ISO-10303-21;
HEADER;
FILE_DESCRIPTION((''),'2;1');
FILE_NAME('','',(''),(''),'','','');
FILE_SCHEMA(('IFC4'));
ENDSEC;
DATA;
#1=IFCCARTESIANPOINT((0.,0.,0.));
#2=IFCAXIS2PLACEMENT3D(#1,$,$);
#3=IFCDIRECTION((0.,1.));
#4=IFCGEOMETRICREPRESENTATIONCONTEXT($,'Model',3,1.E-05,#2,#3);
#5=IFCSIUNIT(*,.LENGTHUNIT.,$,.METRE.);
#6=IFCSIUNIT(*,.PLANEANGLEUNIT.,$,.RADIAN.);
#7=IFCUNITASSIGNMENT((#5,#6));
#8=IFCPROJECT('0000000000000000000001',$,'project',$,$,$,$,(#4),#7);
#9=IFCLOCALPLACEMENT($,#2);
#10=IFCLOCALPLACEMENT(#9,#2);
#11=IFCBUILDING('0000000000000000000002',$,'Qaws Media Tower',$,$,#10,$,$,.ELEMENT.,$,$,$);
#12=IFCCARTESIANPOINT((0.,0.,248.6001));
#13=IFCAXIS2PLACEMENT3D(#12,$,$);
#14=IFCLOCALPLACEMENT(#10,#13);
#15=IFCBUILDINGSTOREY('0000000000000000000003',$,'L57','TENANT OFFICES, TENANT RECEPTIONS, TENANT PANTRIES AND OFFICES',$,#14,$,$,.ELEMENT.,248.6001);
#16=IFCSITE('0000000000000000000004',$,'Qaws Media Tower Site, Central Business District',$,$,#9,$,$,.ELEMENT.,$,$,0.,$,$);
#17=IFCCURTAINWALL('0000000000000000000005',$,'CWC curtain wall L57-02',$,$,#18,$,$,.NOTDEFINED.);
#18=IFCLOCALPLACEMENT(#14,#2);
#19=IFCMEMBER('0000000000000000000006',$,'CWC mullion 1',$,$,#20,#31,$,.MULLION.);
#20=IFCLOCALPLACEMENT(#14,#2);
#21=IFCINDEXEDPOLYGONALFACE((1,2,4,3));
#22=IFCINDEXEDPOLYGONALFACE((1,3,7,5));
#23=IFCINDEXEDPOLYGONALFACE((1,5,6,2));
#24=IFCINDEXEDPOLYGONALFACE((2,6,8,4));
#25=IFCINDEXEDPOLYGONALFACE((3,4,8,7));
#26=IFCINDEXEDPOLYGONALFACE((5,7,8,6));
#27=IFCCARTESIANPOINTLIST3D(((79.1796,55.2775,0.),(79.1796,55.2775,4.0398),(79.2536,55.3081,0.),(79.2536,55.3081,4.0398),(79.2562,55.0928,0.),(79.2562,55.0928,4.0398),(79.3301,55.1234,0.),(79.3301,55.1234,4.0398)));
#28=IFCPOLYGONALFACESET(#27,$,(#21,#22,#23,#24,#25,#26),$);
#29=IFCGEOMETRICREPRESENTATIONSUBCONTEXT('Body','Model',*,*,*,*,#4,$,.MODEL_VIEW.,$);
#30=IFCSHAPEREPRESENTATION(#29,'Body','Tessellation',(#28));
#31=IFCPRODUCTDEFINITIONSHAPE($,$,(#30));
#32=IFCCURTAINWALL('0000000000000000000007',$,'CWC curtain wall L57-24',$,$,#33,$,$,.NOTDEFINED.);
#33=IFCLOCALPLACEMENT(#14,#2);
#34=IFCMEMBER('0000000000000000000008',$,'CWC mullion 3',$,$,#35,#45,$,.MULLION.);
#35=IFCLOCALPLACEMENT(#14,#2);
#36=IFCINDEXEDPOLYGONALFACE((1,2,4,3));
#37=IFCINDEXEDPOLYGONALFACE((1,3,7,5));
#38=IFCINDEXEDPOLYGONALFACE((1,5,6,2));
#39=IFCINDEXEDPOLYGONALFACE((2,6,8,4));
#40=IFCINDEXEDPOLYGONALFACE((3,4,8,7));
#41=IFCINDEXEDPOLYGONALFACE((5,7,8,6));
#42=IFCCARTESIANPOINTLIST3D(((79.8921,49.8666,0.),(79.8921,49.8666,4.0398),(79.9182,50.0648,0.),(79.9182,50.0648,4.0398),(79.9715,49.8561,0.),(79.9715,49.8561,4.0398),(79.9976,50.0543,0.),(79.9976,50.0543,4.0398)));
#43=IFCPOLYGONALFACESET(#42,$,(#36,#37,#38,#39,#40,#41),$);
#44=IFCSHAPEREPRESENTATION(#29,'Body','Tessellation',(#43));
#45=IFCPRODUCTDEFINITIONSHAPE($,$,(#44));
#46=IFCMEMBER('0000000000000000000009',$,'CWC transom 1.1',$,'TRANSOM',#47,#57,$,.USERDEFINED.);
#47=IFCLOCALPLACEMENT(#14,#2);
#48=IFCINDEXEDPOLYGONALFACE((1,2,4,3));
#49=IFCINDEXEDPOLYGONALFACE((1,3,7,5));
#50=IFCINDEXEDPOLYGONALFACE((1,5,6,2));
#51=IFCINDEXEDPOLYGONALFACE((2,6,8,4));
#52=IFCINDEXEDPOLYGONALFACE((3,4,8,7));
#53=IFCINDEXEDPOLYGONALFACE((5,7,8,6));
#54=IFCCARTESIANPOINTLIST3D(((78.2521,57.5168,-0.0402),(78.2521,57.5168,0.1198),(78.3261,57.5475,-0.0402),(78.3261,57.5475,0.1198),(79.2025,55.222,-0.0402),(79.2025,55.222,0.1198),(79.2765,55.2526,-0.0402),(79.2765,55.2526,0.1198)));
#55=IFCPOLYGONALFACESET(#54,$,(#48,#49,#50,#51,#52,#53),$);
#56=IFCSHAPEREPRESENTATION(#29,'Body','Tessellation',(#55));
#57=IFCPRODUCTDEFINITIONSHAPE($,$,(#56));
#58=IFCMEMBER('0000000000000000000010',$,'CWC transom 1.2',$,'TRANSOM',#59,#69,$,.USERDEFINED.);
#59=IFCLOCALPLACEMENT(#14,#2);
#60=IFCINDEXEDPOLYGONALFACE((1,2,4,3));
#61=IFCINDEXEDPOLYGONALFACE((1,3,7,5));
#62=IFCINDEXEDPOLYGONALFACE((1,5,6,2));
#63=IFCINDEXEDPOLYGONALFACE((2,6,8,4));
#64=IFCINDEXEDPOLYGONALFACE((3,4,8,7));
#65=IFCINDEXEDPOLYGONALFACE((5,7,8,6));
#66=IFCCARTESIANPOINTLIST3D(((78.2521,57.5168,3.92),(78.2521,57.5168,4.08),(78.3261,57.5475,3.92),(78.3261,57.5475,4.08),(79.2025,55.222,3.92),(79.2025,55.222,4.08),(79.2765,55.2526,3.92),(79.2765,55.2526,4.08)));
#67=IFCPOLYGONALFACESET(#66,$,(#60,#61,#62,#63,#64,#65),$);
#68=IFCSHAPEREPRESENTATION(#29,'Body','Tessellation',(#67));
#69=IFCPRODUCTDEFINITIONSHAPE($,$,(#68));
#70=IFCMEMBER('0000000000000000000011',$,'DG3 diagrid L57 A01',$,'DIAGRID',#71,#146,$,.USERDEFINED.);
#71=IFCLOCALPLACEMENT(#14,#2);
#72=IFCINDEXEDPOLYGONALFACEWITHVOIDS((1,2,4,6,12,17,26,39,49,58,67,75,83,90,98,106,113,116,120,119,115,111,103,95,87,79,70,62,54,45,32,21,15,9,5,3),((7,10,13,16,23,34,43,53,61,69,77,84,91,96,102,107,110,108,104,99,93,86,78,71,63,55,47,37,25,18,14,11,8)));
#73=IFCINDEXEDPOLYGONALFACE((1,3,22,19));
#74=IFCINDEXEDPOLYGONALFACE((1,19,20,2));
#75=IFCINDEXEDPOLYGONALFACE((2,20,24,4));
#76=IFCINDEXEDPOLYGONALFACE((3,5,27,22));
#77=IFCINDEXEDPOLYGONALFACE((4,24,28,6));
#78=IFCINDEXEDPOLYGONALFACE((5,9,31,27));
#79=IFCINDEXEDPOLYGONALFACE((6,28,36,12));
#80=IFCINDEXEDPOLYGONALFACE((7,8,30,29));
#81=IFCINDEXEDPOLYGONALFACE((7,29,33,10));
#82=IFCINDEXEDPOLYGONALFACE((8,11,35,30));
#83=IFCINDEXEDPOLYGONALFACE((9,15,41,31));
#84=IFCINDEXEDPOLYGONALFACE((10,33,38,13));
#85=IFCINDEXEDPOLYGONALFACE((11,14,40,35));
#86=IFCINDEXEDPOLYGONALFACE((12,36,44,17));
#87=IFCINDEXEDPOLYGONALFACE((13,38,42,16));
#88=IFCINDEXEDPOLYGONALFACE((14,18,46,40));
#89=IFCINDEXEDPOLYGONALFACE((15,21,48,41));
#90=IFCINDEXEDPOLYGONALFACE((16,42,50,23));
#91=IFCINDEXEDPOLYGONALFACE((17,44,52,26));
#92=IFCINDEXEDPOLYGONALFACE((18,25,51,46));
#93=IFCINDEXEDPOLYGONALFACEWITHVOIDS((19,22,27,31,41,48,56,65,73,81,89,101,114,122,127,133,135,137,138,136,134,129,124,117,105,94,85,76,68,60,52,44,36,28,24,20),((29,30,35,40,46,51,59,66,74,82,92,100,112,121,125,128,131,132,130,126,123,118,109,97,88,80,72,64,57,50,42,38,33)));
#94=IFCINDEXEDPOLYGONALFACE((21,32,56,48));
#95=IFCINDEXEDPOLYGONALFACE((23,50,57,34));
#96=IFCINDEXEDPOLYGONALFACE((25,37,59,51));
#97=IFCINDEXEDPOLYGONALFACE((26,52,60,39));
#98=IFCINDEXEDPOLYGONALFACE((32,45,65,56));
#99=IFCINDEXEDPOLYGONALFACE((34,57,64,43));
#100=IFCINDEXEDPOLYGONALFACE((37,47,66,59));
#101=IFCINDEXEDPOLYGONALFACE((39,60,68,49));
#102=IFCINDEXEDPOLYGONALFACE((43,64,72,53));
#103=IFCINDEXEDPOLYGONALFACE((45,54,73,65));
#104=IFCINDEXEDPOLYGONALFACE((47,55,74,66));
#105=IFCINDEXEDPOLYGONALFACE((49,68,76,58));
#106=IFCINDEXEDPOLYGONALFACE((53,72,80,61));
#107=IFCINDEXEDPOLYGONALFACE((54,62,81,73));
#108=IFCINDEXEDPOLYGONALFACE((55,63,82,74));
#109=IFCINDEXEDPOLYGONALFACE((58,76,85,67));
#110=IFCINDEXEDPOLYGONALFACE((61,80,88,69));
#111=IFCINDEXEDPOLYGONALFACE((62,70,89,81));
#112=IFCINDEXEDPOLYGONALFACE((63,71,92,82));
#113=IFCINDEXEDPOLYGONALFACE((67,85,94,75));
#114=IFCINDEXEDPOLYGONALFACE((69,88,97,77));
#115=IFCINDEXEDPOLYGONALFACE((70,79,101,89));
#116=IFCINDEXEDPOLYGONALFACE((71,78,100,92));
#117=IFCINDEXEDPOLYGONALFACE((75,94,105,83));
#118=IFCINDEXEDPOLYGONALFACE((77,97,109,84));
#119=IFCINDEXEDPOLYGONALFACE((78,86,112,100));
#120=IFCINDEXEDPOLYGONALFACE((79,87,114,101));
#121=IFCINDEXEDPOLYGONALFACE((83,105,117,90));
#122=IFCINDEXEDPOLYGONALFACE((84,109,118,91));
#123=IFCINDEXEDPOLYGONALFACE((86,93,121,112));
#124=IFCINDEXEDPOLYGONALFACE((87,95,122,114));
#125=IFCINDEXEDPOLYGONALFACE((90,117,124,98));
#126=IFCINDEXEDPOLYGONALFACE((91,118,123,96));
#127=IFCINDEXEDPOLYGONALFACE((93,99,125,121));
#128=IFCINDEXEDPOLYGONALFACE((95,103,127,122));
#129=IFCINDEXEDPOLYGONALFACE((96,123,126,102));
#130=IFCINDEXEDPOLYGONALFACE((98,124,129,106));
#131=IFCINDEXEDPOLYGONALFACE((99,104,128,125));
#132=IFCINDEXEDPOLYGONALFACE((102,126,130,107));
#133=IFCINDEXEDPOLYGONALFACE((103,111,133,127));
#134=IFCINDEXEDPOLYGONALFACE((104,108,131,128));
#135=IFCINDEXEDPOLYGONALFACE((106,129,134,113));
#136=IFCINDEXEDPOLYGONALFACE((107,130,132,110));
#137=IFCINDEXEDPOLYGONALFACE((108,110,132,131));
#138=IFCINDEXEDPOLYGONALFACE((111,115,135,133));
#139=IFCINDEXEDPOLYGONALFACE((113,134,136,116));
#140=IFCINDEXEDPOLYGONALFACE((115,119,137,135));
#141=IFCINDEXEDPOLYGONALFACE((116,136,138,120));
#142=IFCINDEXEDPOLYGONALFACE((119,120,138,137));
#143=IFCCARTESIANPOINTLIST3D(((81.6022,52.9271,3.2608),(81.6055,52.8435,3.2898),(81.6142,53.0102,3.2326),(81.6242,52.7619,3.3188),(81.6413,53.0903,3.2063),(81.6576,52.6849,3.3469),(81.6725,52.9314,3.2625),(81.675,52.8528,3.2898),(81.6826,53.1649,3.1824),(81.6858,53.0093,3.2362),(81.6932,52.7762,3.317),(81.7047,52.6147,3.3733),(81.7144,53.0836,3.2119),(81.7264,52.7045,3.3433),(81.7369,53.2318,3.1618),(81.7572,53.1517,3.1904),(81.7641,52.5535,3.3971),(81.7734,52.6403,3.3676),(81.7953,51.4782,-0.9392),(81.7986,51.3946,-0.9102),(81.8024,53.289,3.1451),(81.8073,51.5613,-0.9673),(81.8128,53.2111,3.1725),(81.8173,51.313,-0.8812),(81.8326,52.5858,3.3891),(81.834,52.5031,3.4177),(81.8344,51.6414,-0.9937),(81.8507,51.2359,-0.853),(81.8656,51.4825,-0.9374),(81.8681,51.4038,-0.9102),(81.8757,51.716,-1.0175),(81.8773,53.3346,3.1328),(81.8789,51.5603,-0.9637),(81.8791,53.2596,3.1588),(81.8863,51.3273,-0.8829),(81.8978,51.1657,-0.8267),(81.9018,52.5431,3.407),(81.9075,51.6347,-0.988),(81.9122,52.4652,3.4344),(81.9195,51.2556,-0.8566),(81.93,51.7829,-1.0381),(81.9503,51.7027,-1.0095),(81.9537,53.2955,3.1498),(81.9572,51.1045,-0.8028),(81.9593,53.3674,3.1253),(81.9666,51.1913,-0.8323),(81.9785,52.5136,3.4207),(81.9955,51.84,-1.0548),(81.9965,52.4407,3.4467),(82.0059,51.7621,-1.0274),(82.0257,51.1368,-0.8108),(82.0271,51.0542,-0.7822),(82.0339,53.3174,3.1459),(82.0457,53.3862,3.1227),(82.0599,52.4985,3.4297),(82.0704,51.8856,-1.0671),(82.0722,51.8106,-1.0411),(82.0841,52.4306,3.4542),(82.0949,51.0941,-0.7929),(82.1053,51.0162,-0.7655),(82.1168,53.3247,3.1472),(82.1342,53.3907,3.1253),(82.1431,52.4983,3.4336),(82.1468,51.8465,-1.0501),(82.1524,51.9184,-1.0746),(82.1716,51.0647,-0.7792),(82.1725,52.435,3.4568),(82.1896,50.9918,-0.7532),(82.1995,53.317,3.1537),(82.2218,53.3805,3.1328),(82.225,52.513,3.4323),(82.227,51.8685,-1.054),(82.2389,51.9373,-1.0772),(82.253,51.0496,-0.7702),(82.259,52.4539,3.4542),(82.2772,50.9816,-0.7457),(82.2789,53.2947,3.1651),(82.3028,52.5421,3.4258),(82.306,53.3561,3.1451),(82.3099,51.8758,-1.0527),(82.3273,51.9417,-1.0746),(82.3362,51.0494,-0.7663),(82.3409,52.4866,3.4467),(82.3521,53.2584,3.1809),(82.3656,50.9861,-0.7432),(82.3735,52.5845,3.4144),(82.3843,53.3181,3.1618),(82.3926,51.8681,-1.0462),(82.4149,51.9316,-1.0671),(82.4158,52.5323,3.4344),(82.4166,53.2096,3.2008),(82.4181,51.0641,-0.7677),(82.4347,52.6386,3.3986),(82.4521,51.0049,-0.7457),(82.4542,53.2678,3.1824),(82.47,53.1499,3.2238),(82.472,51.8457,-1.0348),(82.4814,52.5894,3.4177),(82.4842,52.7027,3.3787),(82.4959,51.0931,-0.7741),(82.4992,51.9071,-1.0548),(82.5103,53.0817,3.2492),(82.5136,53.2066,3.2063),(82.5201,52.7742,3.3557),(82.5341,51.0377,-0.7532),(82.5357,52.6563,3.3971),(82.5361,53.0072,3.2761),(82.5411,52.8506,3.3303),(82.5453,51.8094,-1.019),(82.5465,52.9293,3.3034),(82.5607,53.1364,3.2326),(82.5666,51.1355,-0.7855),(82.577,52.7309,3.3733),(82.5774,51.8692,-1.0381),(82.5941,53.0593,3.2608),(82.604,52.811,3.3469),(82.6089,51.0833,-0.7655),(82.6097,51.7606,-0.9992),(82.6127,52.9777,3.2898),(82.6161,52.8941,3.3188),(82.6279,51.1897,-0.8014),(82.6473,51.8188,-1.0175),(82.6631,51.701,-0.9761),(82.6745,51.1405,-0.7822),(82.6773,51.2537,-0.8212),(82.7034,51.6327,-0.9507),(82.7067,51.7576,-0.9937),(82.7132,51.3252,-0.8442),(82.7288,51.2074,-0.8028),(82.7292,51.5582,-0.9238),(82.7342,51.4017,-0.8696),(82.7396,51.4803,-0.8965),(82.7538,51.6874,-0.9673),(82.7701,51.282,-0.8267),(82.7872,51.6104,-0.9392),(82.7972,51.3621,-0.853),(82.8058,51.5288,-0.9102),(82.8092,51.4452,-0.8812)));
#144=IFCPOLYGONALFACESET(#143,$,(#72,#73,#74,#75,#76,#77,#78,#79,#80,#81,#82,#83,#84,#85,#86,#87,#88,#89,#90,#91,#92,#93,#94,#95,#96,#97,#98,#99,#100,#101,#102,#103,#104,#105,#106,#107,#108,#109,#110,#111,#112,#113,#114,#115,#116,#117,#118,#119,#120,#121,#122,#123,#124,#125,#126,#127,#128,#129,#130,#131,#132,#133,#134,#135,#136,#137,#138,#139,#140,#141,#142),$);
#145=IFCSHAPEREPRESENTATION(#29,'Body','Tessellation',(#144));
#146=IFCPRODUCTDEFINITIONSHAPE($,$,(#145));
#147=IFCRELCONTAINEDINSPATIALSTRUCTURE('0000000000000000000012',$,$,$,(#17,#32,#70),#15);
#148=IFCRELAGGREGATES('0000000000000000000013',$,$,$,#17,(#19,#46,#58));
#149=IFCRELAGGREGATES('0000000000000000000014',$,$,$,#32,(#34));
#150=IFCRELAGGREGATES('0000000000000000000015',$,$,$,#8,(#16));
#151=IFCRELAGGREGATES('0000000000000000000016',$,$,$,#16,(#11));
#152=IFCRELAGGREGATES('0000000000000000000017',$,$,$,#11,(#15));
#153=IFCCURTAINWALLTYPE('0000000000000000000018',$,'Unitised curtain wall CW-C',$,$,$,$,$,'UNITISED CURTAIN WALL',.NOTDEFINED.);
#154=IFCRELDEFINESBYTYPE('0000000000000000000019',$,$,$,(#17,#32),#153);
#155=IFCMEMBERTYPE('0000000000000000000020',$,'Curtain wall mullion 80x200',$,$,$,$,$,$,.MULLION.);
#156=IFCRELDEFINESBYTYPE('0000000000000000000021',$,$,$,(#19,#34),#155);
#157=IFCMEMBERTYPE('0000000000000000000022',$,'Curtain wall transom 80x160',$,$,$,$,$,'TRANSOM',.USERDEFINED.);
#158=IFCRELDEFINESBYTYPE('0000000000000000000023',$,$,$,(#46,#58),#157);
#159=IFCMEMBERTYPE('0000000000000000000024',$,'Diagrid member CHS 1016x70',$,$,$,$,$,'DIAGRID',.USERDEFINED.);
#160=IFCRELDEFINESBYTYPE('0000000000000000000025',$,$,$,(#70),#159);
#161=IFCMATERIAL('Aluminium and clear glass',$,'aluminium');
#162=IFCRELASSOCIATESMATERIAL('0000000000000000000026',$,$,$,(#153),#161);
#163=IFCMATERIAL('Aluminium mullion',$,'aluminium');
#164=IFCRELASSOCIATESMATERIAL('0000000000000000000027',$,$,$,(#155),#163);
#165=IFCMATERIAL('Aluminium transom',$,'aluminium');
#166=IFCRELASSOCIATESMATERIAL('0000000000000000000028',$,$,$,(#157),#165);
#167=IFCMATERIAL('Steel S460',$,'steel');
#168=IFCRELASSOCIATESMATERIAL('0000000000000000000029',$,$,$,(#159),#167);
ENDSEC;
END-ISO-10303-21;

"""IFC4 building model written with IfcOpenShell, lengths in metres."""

from ifc_helpers import new_model, si_unit, direction, frame, origin, origin_2d, place, context, subcontext, project, spatial, rectangle, hollow_circle, extrude, material, material_profile, profile_set, type_object, element, aggregate, save


model = new_model("IFC4")

# Units and contexts
model_context = context("Model", 3, precision=1e-05, world=origin(), true_north=direction((0.0, 1.0)))
body_context = subcontext(model_context, "Body", "Model", "MODEL_VIEW")
ifc_project = project(units=[si_unit("LENGTHUNIT", "METRE"), si_unit("PLANEANGLEUNIT", "RADIAN")], contexts=[model_context])

# Site, building, storey
site_placement = place(None, origin())
site = spatial("IfcSite", under=ifc_project, at=site_placement, Name="Qaws Media Tower Site, Central Business District", CompositionType="ELEMENT", RefElevation=0.0)
building_placement = place(site_placement, origin())
building = spatial("IfcBuilding", under=site, at=building_placement, Name="Qaws Media Tower", CompositionType="ELEMENT")
storey_placement = place(building_placement, frame((0.0, 0.0, 248.6001)))
storey = spatial("IfcBuildingStorey", under=building, at=storey_placement, Name="L57", Description="TENANT OFFICES, TENANT RECEPTIONS, TENANT PANTRIES AND OFFICES", CompositionType="ELEMENT", Elevation=248.6001)

# Curtain walls, members
ifc_material_1 = material(Name="Aluminium and clear glass", Category="aluminium")
curtain_wall_type = type_object("IfcCurtainWallType", Name="Unitised curtain wall CW-C", ElementType="UNITISED CURTAIN WALL", PredefinedType="NOTDEFINED", material=ifc_material_1)
curtain_wall_1_placement = place(storey_placement, origin())
curtain_wall_1 = element("IfcCurtainWall", 1, at=curtain_wall_1_placement, inside=storey, type_object=curtain_wall_type, Name="CWC curtain wall L57-02", PredefinedType="NOTDEFINED")
ifc_material_2 = material(Name="Aluminium mullion", Category="aluminium")
ifc_material_profile_1 = material_profile(ifc_material_2, rectangle(XDim=0.0801, YDim=0.2, at=origin_2d()), Name="80x200")
ifc_profile_set_1 = profile_set([ifc_material_profile_1], Name="Aluminium mullion")
member_type_1 = type_object("IfcMemberType", Name="Curtain wall mullion 80x200", PredefinedType="MULLION", material=ifc_profile_set_1)
member_1_placement = place(storey_placement, frame((79.2549, 55.2004, 0.0), z_axis=(0.0, 0.0, 1.0), x_axis=(-0.92388, -0.382683, 0.0)))
member_1 = element("IfcMember", 2, at=member_1_placement, type_object=member_type_1, Name="CWC mullion 1", PredefinedType="MULLION", context=body_context, shape_type="SweptSolid", body=[
    extrude(rectangle(XDim=0.0801, YDim=0.2, at=origin_2d()), origin(), (0.0, 0.0, 1.0), 4.0398),
])
curtain_wall_2_placement = place(storey_placement, origin())
curtain_wall_2 = element("IfcCurtainWall", 3, at=curtain_wall_2_placement, inside=storey, type_object=curtain_wall_type, Name="CWC curtain wall L57-24", PredefinedType="NOTDEFINED")
member_2_placement = place(storey_placement, frame((79.9448, 49.9604, 0.0), z_axis=(0.0, 0.0, 1.0), x_axis=(-0.991445, 0.130526, 0.0)))
member_2 = element("IfcMember", 4, at=member_2_placement, type_object=member_type_1, Name="CWC mullion 3", PredefinedType="MULLION", context=body_context, shape_type="SweptSolid", body=[
    extrude(rectangle(XDim=0.0801, YDim=0.2, at=origin_2d()), origin(), (0.0, 0.0, 1.0), 4.0398),
])

# Members
ifc_material_3 = material(Name="Aluminium transom", Category="aluminium")
ifc_material_profile_2 = material_profile(ifc_material_3, rectangle(XDim=0.0801, YDim=0.1599, at=origin_2d()), Name="80x160")
ifc_profile_set_2 = profile_set([ifc_material_profile_2], Name="Aluminium transom")
member_type_2 = type_object("IfcMemberType", Name="Curtain wall transom 80x160", ElementType="TRANSOM", PredefinedType="USERDEFINED", material=ifc_profile_set_2)
member_3_placement = place(storey_placement, frame((79.2395, 55.2373, 0.0398), z_axis=(-0.382632, 0.923901, 0.0), x_axis=(-0.923901, -0.382632, 0.0)))
member_3 = element("IfcMember", 5, at=member_3_placement, type_object=member_type_2, Name="CWC transom 1.1", ObjectType="TRANSOM", PredefinedType="USERDEFINED", context=body_context, shape_type="SweptSolid", body=[
    extrude(rectangle(XDim=0.0801, YDim=0.1599, at=origin_2d()), origin(), (0.0, 0.0, 1.0), 2.4839),
])
member_4_placement = place(storey_placement, frame((79.2395, 55.2373, 4.0), z_axis=(-0.382632, 0.923901, 0.0), x_axis=(-0.923901, -0.382632, 0.0)))
member_4 = element("IfcMember", 6, at=member_4_placement, type_object=member_type_2, Name="CWC transom 1.2", ObjectType="TRANSOM", PredefinedType="USERDEFINED", context=body_context, shape_type="SweptSolid", body=[
    extrude(rectangle(XDim=0.0801, YDim=0.1599, at=origin_2d()), origin(), (0.0, 0.0, 1.0), 2.4839),
])
aggregate(curtain_wall_1, [member_1, member_3, member_4])

# Member
ifc_material_4 = material(Name="Steel S460", Category="steel")
ifc_material_profile_3 = material_profile(ifc_material_4, hollow_circle(Radius=0.5081, WallThickness=0.0701, at=origin_2d()), Name="CHS 1016x70")
ifc_profile_set_3 = profile_set([ifc_material_profile_3], Name="Steel S460")
member_type_3 = type_object("IfcMemberType", Name="Diagrid member CHS 1016x70", ElementType="DIAGRID", PredefinedType="USERDEFINED", material=ifc_profile_set_3)
for number, where, z_axis, x_axis, name in (
    (7, (82.3022, 51.4617, -0.9102), (-0.043425, 0.325827, 0.944432), (-0.991235, -0.132109, 0.0), "DG3 diagrid L57 A01"),
):
    element("IfcMember", number, at=place(storey_placement, frame(where, z_axis=z_axis, x_axis=x_axis)), inside=storey, type_object=member_type_3, Name=name, ObjectType="DIAGRID", PredefinedType="USERDEFINED", context=body_context, shape_type="SweptSolid", body=[
        extrude(hollow_circle(Radius=0.5081, WallThickness=0.0701, at=origin_2d()), origin(), (0.0, 0.0, 1.0), 4.447),
    ])

aggregate(curtain_wall_2, [member_2])

save(model, "model.ifc")
